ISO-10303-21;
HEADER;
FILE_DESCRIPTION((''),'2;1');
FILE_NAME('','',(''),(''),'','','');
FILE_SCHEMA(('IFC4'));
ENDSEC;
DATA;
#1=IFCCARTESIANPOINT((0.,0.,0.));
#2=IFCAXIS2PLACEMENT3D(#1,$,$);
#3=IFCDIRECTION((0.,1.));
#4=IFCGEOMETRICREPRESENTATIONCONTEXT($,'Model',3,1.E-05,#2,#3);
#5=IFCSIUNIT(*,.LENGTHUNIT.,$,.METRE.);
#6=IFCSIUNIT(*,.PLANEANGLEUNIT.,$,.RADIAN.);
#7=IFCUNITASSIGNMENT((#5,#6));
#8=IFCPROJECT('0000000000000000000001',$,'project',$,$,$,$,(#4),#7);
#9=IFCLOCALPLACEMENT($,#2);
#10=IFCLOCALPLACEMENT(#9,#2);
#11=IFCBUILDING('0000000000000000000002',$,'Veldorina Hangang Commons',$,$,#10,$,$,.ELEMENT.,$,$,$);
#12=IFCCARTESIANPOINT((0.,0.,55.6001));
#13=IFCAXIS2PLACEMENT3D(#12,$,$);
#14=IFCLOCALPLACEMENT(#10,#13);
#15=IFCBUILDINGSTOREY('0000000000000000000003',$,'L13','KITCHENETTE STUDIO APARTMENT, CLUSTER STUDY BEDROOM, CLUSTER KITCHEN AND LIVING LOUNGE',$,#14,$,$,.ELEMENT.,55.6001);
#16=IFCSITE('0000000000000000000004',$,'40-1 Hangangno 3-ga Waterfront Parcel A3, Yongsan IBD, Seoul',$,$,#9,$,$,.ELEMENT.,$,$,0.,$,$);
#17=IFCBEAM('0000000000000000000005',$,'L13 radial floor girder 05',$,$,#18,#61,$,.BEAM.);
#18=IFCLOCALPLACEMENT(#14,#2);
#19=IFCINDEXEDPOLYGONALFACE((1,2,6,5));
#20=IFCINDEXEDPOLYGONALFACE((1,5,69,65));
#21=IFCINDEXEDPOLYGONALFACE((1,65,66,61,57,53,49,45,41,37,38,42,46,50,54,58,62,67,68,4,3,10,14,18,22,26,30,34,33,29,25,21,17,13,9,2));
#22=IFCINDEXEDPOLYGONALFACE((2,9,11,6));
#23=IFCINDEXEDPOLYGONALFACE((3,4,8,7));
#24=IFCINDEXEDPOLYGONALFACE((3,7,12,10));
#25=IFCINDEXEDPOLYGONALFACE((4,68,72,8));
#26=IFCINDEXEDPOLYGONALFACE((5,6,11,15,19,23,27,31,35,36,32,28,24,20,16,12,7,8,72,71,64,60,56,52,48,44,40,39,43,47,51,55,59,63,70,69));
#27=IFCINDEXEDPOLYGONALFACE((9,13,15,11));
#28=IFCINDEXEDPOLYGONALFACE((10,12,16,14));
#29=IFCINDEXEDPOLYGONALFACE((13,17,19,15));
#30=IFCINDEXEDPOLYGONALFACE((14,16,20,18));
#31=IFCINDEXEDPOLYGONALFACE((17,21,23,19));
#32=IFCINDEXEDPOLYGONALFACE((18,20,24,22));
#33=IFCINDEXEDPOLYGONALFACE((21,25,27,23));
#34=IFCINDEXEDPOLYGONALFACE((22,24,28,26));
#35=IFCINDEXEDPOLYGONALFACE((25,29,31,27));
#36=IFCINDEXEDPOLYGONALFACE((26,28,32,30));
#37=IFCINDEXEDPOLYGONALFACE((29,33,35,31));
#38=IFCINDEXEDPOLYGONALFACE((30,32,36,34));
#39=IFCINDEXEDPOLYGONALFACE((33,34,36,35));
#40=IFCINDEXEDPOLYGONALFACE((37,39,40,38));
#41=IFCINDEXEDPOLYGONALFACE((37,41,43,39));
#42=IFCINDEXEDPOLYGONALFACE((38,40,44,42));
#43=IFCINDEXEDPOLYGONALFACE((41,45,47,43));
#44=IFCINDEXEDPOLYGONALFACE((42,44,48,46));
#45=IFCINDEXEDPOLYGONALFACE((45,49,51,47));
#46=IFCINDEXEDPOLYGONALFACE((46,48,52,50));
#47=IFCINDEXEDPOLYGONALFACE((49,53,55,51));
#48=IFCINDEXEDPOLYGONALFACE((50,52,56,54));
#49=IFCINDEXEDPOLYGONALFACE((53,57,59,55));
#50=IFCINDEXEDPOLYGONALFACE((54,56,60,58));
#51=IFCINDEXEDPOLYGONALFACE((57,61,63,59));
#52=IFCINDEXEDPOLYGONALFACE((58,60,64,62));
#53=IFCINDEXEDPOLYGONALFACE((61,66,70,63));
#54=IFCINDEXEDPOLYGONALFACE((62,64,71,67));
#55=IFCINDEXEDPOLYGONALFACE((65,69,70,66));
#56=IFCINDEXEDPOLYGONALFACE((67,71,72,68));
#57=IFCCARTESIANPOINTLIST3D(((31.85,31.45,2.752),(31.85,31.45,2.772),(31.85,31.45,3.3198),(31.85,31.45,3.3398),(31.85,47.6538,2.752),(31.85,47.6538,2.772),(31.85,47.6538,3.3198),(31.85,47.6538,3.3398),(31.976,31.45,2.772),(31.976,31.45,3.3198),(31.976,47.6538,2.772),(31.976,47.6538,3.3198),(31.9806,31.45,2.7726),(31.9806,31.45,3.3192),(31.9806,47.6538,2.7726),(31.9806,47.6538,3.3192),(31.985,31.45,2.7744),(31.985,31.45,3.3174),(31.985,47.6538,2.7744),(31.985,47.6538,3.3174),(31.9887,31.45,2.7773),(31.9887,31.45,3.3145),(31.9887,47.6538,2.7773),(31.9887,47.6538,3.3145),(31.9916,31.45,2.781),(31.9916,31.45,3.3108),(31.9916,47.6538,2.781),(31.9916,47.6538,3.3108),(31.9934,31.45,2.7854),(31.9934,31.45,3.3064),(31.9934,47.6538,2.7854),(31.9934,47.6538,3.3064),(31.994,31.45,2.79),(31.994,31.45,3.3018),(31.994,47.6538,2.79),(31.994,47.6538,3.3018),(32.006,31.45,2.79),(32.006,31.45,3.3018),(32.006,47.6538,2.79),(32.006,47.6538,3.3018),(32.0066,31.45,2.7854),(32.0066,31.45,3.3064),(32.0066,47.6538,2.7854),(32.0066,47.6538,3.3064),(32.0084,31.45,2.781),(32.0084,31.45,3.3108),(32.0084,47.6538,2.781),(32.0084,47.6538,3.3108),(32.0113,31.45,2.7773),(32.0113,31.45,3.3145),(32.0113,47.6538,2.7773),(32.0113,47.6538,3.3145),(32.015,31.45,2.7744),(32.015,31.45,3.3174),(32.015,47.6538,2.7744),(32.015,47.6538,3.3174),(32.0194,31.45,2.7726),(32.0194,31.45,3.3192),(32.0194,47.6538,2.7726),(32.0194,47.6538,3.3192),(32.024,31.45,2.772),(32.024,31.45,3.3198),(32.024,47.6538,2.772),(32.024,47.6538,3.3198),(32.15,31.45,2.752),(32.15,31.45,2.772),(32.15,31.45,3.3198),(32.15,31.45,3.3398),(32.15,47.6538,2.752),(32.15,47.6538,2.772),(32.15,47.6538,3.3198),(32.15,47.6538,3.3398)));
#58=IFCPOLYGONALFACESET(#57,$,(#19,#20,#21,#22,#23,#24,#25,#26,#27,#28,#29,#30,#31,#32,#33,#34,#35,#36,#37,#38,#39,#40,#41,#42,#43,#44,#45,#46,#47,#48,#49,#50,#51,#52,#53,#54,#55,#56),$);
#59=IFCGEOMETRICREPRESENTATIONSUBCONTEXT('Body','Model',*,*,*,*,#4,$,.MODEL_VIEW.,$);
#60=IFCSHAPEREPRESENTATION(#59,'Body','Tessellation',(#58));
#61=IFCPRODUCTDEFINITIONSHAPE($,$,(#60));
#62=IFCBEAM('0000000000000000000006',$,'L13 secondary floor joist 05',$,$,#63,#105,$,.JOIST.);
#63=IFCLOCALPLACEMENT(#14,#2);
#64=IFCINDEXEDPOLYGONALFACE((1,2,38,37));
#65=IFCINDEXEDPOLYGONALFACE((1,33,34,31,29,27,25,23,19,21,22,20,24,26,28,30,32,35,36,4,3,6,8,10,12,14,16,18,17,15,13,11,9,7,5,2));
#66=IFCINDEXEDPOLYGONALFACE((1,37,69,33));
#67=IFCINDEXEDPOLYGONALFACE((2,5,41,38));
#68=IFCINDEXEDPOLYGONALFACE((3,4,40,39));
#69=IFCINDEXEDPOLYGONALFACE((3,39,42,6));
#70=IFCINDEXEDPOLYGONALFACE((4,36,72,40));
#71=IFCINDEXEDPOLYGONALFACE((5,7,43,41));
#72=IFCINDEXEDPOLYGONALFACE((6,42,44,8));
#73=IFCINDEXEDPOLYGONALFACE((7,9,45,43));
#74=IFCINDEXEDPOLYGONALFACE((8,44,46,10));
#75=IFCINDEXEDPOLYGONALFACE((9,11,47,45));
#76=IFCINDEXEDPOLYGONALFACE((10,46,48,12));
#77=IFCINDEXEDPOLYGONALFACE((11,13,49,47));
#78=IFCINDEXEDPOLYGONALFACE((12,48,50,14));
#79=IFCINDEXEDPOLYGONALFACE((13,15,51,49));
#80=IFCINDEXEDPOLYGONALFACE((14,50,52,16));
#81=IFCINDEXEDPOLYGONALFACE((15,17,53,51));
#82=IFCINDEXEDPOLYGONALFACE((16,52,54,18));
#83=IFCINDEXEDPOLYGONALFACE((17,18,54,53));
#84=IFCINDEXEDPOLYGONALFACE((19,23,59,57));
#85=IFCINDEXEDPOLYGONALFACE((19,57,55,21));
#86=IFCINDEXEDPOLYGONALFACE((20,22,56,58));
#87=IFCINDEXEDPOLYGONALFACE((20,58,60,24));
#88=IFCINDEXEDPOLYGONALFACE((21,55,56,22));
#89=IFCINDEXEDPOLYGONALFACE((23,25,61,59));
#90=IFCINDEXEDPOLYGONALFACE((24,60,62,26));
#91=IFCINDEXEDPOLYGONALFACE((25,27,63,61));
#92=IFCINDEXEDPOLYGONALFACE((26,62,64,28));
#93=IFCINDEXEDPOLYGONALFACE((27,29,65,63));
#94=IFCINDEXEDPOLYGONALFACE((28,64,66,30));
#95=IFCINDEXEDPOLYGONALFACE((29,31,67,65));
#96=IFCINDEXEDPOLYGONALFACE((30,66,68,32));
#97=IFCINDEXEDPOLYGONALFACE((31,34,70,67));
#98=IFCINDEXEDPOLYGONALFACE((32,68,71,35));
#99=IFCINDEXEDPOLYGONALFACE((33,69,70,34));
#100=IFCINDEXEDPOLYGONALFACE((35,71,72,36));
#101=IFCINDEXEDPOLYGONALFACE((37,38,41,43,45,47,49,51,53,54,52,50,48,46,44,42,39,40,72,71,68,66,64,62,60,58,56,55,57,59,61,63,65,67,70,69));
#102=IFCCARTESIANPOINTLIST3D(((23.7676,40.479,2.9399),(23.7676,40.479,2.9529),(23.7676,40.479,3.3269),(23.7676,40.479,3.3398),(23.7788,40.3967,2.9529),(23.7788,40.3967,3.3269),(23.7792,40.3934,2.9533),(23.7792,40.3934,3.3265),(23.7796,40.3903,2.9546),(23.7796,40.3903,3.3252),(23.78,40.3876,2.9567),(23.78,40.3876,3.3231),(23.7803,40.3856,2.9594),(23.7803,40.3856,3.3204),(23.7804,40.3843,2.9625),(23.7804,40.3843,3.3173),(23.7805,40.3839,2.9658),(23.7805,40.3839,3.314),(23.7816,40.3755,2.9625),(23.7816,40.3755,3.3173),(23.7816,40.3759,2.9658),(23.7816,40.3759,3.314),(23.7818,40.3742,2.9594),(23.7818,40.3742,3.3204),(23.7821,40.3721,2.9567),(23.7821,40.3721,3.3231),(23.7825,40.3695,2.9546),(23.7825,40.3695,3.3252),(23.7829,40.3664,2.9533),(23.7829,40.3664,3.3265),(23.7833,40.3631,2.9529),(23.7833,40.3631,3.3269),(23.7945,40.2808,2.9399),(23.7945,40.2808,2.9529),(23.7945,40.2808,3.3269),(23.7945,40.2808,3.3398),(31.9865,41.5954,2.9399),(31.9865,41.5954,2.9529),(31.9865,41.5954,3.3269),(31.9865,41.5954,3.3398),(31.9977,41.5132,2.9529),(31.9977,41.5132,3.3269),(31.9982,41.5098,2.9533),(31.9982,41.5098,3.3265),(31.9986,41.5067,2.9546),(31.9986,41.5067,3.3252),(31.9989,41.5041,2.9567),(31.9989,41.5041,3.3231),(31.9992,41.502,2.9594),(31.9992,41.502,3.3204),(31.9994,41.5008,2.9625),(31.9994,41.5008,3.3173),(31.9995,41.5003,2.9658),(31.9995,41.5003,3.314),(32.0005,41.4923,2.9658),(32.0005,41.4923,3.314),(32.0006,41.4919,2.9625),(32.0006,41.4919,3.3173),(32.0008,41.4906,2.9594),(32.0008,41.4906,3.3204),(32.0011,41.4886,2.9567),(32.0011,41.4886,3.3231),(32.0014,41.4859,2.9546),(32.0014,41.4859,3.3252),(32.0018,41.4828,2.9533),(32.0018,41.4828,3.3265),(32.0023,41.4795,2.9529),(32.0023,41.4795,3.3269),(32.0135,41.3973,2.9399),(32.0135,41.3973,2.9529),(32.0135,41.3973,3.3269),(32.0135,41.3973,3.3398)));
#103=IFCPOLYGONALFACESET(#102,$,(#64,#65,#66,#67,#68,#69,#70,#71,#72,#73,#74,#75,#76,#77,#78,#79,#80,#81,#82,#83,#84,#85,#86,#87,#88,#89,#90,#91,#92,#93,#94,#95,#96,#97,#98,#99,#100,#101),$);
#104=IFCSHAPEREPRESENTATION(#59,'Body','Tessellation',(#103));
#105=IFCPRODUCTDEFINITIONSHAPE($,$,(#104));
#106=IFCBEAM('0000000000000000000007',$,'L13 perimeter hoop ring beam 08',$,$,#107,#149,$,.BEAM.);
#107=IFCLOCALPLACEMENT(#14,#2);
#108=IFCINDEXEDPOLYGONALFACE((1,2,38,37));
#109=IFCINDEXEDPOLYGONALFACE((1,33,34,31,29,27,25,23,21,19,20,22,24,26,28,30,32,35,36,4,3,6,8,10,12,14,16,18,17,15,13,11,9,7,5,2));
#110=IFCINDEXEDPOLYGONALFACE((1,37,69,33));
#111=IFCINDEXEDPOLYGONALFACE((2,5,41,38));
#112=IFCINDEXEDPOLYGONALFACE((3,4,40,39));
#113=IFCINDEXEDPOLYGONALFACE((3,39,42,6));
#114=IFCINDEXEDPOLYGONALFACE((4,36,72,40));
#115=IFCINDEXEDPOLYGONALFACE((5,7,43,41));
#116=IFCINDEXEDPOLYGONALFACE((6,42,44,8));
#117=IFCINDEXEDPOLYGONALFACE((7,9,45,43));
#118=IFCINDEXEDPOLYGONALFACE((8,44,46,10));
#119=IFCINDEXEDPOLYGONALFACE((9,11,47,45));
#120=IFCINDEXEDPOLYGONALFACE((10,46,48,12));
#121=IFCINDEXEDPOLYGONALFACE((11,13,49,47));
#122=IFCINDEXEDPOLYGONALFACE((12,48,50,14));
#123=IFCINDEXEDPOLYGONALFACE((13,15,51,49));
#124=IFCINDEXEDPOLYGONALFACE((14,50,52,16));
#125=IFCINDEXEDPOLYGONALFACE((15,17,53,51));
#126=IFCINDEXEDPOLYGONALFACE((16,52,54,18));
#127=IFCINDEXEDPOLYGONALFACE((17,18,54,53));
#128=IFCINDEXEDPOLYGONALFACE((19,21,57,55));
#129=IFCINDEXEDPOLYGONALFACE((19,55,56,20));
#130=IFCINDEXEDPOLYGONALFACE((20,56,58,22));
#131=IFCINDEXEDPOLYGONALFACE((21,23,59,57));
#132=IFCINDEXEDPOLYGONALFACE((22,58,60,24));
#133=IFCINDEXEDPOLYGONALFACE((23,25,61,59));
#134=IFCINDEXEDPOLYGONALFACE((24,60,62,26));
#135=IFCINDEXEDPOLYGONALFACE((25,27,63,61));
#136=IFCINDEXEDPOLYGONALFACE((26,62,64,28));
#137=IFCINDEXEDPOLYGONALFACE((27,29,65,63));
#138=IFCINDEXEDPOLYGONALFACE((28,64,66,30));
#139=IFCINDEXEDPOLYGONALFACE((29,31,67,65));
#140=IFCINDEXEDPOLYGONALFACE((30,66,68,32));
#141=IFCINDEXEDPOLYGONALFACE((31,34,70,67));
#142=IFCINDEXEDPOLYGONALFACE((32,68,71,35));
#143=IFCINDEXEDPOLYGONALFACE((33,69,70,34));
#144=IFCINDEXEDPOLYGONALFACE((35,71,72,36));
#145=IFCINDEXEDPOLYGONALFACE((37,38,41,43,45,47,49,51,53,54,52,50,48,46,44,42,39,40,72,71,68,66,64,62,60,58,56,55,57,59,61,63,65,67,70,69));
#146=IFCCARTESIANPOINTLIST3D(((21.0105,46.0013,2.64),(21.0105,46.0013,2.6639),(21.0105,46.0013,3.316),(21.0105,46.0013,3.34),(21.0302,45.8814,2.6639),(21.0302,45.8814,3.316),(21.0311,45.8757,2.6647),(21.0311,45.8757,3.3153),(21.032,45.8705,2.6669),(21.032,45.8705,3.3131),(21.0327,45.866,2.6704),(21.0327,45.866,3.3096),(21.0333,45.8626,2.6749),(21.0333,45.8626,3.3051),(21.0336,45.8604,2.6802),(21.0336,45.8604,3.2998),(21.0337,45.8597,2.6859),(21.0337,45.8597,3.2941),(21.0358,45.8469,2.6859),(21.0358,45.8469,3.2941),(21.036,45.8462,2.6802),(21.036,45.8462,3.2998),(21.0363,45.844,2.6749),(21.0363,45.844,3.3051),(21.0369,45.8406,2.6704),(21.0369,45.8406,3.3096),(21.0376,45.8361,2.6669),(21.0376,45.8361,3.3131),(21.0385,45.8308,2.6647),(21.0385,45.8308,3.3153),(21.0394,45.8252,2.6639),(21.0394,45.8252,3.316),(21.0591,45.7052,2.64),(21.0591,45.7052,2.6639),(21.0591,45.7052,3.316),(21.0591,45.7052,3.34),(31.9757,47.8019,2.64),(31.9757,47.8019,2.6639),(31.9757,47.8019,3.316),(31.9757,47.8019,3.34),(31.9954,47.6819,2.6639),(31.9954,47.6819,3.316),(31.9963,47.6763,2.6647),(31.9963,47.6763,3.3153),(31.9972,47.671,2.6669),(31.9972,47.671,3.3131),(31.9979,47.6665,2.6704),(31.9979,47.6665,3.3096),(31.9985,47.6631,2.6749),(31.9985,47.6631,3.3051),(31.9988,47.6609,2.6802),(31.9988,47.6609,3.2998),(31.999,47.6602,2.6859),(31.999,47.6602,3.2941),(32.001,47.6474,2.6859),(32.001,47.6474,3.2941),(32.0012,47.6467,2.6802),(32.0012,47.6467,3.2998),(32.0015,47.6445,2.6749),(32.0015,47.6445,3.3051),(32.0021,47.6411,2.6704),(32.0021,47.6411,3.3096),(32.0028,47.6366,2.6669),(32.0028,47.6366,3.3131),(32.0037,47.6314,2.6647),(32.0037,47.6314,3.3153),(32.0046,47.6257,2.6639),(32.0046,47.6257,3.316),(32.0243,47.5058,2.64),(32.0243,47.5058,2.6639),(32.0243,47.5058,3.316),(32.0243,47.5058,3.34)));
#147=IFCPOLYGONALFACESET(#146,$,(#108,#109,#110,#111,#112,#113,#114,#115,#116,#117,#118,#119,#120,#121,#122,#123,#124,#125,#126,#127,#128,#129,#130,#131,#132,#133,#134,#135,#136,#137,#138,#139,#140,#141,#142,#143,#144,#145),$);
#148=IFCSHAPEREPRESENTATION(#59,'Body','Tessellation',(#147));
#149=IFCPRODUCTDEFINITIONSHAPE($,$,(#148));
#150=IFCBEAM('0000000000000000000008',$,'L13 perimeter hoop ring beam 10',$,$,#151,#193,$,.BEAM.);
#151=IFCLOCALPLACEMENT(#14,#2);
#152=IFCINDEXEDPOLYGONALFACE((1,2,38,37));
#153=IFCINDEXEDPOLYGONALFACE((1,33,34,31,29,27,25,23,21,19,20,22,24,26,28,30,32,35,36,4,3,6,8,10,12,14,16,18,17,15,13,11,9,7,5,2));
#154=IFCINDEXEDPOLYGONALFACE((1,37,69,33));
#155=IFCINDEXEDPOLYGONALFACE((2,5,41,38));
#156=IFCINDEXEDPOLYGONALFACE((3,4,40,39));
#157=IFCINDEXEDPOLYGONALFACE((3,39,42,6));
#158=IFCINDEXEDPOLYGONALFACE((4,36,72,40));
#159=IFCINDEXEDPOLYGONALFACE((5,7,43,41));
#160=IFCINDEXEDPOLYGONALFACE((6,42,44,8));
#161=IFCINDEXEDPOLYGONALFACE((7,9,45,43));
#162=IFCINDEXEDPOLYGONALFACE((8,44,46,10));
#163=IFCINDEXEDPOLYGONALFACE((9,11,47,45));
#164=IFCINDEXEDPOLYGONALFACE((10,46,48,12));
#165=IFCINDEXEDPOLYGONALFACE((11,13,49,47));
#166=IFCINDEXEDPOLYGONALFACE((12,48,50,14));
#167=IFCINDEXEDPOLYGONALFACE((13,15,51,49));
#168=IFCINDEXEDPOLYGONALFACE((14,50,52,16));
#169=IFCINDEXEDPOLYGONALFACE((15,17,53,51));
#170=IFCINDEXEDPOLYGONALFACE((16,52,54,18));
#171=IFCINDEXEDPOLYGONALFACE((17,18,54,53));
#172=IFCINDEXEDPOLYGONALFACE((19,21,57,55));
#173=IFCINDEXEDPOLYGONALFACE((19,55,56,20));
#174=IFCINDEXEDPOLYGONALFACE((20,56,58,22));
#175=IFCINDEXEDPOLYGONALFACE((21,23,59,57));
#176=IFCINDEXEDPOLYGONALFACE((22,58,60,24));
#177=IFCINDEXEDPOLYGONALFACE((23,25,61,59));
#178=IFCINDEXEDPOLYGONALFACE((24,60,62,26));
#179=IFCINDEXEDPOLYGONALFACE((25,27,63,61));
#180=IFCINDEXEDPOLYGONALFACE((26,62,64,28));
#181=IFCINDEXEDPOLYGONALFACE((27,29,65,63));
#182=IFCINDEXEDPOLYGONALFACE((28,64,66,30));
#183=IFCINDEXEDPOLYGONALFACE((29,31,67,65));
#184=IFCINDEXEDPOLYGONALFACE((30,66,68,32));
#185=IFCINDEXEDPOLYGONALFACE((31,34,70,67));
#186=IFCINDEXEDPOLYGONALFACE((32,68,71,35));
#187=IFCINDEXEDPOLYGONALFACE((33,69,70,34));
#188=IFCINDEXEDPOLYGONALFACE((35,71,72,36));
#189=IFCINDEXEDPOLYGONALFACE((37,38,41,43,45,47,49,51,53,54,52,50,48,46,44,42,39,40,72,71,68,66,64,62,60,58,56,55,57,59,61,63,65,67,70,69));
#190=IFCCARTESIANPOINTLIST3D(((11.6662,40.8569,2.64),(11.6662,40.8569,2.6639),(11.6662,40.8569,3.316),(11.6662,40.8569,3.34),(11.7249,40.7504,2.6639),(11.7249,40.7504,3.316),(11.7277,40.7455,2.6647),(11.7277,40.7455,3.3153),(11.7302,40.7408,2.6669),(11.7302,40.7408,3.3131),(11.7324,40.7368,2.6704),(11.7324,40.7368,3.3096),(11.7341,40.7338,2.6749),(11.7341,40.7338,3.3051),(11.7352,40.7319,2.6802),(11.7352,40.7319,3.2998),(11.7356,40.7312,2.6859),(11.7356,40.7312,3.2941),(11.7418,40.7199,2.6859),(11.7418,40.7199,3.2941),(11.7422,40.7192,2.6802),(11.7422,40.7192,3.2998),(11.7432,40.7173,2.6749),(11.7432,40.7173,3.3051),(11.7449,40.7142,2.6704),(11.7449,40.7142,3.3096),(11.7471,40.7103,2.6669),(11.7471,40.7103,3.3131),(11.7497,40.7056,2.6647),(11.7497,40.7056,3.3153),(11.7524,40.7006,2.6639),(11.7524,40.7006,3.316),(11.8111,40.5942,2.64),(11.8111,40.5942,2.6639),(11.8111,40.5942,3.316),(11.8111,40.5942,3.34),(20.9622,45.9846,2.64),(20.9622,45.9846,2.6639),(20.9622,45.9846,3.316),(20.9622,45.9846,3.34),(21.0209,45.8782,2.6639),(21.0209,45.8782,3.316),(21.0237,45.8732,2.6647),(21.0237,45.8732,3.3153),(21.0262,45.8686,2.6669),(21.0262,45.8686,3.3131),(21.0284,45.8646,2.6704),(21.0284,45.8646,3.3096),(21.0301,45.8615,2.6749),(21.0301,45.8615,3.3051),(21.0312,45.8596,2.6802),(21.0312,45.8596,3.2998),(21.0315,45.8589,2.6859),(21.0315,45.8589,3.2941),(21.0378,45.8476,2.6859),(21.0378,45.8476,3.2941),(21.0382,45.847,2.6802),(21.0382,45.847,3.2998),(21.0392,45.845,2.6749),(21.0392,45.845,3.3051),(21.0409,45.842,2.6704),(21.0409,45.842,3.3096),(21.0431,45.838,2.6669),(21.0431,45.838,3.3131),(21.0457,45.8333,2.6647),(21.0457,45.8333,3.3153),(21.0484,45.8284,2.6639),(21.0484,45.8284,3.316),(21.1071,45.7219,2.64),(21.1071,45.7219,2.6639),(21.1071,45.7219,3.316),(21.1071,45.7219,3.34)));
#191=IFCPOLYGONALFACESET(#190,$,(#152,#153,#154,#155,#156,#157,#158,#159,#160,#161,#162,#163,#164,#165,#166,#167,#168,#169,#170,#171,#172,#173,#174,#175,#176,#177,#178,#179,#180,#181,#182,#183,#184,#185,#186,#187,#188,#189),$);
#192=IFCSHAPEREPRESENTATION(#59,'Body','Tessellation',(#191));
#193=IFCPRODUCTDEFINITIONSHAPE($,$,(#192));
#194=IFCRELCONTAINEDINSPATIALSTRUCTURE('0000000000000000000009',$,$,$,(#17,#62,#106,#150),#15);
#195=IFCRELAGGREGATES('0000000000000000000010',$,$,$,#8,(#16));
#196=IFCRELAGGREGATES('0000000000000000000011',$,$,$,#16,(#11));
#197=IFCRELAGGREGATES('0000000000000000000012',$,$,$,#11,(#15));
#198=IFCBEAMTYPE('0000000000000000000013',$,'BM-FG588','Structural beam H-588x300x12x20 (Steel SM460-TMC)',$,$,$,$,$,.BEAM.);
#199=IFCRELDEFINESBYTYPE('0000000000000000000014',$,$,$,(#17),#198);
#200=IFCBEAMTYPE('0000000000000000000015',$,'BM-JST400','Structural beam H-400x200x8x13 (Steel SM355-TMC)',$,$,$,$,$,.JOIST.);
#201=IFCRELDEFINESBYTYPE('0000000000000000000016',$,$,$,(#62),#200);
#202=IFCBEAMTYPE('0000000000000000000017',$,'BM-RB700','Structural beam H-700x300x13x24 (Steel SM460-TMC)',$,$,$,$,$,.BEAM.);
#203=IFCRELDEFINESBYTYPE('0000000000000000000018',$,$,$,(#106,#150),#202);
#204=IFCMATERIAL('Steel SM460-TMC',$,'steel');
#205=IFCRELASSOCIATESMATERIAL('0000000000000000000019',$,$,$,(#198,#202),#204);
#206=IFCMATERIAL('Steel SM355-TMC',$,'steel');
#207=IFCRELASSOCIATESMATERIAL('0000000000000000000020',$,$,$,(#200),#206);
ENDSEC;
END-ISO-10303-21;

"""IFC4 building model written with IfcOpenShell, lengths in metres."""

from ifc_helpers import new_model, si_unit, direction, frame, origin, origin_2d, place, context, subcontext, project, spatial, i_section, extrude, material, material_profile, profile_set, type_object, element, save


model = new_model("IFC4")

# Units and contexts
model_context = context("Model", 3, precision=1e-05, world=origin(), true_north=direction((0.0, 1.0)))
body_context = subcontext(model_context, "Body", "Model", "MODEL_VIEW")
ifc_project = project(units=[si_unit("LENGTHUNIT", "METRE"), si_unit("PLANEANGLEUNIT", "RADIAN")], contexts=[model_context])

# Site, building, storey
site_placement = place(None, origin())
site = spatial("IfcSite", under=ifc_project, at=site_placement, Name="40-1 Hangangno 3-ga Waterfront Parcel A3, Yongsan IBD, Seoul", CompositionType="ELEMENT", RefElevation=0.0)
building_placement = place(site_placement, origin())
building = spatial("IfcBuilding", under=site, at=building_placement, Name="Veldorina Hangang Commons", CompositionType="ELEMENT")
storey_placement = place(building_placement, frame((0.0, 0.0, 55.6001)))
storey = spatial("IfcBuildingStorey", under=building, at=storey_placement, Name="L13", Description="KITCHENETTE STUDIO APARTMENT, CLUSTER STUDY BEDROOM, CLUSTER KITCHEN AND LIVING LOUNGE", CompositionType="ELEMENT", Elevation=55.6001)

# Beams
ifc_material_1 = material(Name="Steel SM460-TMC", Category="steel")
ifc_material_profile_1 = material_profile(ifc_material_1, i_section(OverallWidth=0.3, OverallDepth=0.5879, WebThickness=0.012, FlangeThickness=0.02, FilletRadius=0.0181, at=origin_2d()), Name="H-588x300x12x20")
ifc_profile_set_1 = profile_set([ifc_material_profile_1], Name="Steel SM460-TMC")
beam_type_1 = type_object("IfcBeamType", Name="BM-FG588", Description="Structural beam H-588x300x12x20 (Steel SM460-TMC)", PredefinedType="BEAM", material=ifc_profile_set_1)
beam_1_placement = place(storey_placement, frame((32.0, 31.45, 3.0459), z_axis=(0.0, 1.0, 0.0), x_axis=(-1.0, 0.0, 0.0)))
element("IfcBeam", 1, at=beam_1_placement, inside=storey, type_object=beam_type_1, Name="L13 radial floor girder 05", PredefinedType="BEAM", context=body_context, shape_type="SweptSolid", body=[
    extrude(i_section(OverallWidth=0.3, OverallDepth=0.5879, WebThickness=0.012, FlangeThickness=0.02, FilletRadius=0.0181, at=origin_2d()), origin(), (0.0, 0.0, 1.0), 16.2039),
])
ifc_material_2 = material(Name="Steel SM355-TMC", Category="steel")
ifc_material_profile_2 = material_profile(ifc_material_2, i_section(OverallWidth=0.2, OverallDepth=0.3999, WebThickness=0.0081, FlangeThickness=0.0129, FilletRadius=0.0129, at=origin_2d()), Name="H-400x200x8x13")
ifc_profile_set_2 = profile_set([ifc_material_profile_2], Name="Steel SM355-TMC")
beam_type_2 = type_object("IfcBeamType", Name="BM-JST400", Description="Structural beam H-400x200x8x13 (Steel SM355-TMC)", PredefinedType="JOIST", material=ifc_profile_set_2)
beam_2_placement = place(storey_placement, frame((32.0, 41.4963, 3.1399), z_axis=(-0.9909, -0.134602, 0.0), x_axis=(0.134602, -0.9909, 0.0)))
element("IfcBeam", 2, at=beam_2_placement, inside=storey, type_object=beam_type_2, Name="L13 secondary floor joist 05", PredefinedType="JOIST", context=body_context, shape_type="SweptSolid", body=[
    extrude(i_section(OverallWidth=0.2, OverallDepth=0.3999, WebThickness=0.0081, FlangeThickness=0.0129, FilletRadius=0.0129, at=origin_2d()), origin(), (0.0, 0.0, 1.0), 8.2944),
])
ifc_material_profile_3 = material_profile(ifc_material_1, i_section(OverallWidth=0.3, OverallDepth=0.7, WebThickness=0.0129, FlangeThickness=0.0239, FilletRadius=0.022, at=origin_2d()), Name="H-700x300x13x24")
ifc_profile_set_3 = profile_set([ifc_material_profile_3], Name="Steel SM460-TMC")
beam_type_3 = type_object("IfcBeamType", Name="BM-RB700", Description="Structural beam H-700x300x13x24 (Steel SM460-TMC)", PredefinedType="BEAM", material=ifc_profile_set_3)
beam_3_placement = place(storey_placement, frame((32.0, 47.6538, 2.99), z_axis=(-0.986785, -0.162033, 0.0), x_axis=(0.162033, -0.986785, 0.0)))
element("IfcBeam", 3, at=beam_3_placement, inside=storey, type_object=beam_type_3, Name="L13 perimeter hoop ring beam 08", PredefinedType="BEAM", context=body_context, shape_type="SweptSolid", body=[
    extrude(i_section(OverallWidth=0.3, OverallDepth=0.7, WebThickness=0.0129, FlangeThickness=0.0239, FilletRadius=0.022, at=origin_2d()), origin(), (0.0, 0.0, 1.0), 11.1121),
])
beam_4_placement = place(storey_placement, frame((21.0347, 45.8533, 2.99), z_axis=(-0.875621, -0.482999, 0.0), x_axis=(0.482999, -0.875621, 0.0)))
element("IfcBeam", 4, at=beam_4_placement, inside=storey, type_object=beam_type_3, Name="L13 perimeter hoop ring beam 10", PredefinedType="BEAM", context=body_context, shape_type="SweptSolid", body=[
    extrude(i_section(OverallWidth=0.3, OverallDepth=0.7, WebThickness=0.0129, FlangeThickness=0.0239, FilletRadius=0.022, at=origin_2d()), origin(), (0.0, 0.0, 1.0), 10.6165),
])

save(model, "model.ifc")
